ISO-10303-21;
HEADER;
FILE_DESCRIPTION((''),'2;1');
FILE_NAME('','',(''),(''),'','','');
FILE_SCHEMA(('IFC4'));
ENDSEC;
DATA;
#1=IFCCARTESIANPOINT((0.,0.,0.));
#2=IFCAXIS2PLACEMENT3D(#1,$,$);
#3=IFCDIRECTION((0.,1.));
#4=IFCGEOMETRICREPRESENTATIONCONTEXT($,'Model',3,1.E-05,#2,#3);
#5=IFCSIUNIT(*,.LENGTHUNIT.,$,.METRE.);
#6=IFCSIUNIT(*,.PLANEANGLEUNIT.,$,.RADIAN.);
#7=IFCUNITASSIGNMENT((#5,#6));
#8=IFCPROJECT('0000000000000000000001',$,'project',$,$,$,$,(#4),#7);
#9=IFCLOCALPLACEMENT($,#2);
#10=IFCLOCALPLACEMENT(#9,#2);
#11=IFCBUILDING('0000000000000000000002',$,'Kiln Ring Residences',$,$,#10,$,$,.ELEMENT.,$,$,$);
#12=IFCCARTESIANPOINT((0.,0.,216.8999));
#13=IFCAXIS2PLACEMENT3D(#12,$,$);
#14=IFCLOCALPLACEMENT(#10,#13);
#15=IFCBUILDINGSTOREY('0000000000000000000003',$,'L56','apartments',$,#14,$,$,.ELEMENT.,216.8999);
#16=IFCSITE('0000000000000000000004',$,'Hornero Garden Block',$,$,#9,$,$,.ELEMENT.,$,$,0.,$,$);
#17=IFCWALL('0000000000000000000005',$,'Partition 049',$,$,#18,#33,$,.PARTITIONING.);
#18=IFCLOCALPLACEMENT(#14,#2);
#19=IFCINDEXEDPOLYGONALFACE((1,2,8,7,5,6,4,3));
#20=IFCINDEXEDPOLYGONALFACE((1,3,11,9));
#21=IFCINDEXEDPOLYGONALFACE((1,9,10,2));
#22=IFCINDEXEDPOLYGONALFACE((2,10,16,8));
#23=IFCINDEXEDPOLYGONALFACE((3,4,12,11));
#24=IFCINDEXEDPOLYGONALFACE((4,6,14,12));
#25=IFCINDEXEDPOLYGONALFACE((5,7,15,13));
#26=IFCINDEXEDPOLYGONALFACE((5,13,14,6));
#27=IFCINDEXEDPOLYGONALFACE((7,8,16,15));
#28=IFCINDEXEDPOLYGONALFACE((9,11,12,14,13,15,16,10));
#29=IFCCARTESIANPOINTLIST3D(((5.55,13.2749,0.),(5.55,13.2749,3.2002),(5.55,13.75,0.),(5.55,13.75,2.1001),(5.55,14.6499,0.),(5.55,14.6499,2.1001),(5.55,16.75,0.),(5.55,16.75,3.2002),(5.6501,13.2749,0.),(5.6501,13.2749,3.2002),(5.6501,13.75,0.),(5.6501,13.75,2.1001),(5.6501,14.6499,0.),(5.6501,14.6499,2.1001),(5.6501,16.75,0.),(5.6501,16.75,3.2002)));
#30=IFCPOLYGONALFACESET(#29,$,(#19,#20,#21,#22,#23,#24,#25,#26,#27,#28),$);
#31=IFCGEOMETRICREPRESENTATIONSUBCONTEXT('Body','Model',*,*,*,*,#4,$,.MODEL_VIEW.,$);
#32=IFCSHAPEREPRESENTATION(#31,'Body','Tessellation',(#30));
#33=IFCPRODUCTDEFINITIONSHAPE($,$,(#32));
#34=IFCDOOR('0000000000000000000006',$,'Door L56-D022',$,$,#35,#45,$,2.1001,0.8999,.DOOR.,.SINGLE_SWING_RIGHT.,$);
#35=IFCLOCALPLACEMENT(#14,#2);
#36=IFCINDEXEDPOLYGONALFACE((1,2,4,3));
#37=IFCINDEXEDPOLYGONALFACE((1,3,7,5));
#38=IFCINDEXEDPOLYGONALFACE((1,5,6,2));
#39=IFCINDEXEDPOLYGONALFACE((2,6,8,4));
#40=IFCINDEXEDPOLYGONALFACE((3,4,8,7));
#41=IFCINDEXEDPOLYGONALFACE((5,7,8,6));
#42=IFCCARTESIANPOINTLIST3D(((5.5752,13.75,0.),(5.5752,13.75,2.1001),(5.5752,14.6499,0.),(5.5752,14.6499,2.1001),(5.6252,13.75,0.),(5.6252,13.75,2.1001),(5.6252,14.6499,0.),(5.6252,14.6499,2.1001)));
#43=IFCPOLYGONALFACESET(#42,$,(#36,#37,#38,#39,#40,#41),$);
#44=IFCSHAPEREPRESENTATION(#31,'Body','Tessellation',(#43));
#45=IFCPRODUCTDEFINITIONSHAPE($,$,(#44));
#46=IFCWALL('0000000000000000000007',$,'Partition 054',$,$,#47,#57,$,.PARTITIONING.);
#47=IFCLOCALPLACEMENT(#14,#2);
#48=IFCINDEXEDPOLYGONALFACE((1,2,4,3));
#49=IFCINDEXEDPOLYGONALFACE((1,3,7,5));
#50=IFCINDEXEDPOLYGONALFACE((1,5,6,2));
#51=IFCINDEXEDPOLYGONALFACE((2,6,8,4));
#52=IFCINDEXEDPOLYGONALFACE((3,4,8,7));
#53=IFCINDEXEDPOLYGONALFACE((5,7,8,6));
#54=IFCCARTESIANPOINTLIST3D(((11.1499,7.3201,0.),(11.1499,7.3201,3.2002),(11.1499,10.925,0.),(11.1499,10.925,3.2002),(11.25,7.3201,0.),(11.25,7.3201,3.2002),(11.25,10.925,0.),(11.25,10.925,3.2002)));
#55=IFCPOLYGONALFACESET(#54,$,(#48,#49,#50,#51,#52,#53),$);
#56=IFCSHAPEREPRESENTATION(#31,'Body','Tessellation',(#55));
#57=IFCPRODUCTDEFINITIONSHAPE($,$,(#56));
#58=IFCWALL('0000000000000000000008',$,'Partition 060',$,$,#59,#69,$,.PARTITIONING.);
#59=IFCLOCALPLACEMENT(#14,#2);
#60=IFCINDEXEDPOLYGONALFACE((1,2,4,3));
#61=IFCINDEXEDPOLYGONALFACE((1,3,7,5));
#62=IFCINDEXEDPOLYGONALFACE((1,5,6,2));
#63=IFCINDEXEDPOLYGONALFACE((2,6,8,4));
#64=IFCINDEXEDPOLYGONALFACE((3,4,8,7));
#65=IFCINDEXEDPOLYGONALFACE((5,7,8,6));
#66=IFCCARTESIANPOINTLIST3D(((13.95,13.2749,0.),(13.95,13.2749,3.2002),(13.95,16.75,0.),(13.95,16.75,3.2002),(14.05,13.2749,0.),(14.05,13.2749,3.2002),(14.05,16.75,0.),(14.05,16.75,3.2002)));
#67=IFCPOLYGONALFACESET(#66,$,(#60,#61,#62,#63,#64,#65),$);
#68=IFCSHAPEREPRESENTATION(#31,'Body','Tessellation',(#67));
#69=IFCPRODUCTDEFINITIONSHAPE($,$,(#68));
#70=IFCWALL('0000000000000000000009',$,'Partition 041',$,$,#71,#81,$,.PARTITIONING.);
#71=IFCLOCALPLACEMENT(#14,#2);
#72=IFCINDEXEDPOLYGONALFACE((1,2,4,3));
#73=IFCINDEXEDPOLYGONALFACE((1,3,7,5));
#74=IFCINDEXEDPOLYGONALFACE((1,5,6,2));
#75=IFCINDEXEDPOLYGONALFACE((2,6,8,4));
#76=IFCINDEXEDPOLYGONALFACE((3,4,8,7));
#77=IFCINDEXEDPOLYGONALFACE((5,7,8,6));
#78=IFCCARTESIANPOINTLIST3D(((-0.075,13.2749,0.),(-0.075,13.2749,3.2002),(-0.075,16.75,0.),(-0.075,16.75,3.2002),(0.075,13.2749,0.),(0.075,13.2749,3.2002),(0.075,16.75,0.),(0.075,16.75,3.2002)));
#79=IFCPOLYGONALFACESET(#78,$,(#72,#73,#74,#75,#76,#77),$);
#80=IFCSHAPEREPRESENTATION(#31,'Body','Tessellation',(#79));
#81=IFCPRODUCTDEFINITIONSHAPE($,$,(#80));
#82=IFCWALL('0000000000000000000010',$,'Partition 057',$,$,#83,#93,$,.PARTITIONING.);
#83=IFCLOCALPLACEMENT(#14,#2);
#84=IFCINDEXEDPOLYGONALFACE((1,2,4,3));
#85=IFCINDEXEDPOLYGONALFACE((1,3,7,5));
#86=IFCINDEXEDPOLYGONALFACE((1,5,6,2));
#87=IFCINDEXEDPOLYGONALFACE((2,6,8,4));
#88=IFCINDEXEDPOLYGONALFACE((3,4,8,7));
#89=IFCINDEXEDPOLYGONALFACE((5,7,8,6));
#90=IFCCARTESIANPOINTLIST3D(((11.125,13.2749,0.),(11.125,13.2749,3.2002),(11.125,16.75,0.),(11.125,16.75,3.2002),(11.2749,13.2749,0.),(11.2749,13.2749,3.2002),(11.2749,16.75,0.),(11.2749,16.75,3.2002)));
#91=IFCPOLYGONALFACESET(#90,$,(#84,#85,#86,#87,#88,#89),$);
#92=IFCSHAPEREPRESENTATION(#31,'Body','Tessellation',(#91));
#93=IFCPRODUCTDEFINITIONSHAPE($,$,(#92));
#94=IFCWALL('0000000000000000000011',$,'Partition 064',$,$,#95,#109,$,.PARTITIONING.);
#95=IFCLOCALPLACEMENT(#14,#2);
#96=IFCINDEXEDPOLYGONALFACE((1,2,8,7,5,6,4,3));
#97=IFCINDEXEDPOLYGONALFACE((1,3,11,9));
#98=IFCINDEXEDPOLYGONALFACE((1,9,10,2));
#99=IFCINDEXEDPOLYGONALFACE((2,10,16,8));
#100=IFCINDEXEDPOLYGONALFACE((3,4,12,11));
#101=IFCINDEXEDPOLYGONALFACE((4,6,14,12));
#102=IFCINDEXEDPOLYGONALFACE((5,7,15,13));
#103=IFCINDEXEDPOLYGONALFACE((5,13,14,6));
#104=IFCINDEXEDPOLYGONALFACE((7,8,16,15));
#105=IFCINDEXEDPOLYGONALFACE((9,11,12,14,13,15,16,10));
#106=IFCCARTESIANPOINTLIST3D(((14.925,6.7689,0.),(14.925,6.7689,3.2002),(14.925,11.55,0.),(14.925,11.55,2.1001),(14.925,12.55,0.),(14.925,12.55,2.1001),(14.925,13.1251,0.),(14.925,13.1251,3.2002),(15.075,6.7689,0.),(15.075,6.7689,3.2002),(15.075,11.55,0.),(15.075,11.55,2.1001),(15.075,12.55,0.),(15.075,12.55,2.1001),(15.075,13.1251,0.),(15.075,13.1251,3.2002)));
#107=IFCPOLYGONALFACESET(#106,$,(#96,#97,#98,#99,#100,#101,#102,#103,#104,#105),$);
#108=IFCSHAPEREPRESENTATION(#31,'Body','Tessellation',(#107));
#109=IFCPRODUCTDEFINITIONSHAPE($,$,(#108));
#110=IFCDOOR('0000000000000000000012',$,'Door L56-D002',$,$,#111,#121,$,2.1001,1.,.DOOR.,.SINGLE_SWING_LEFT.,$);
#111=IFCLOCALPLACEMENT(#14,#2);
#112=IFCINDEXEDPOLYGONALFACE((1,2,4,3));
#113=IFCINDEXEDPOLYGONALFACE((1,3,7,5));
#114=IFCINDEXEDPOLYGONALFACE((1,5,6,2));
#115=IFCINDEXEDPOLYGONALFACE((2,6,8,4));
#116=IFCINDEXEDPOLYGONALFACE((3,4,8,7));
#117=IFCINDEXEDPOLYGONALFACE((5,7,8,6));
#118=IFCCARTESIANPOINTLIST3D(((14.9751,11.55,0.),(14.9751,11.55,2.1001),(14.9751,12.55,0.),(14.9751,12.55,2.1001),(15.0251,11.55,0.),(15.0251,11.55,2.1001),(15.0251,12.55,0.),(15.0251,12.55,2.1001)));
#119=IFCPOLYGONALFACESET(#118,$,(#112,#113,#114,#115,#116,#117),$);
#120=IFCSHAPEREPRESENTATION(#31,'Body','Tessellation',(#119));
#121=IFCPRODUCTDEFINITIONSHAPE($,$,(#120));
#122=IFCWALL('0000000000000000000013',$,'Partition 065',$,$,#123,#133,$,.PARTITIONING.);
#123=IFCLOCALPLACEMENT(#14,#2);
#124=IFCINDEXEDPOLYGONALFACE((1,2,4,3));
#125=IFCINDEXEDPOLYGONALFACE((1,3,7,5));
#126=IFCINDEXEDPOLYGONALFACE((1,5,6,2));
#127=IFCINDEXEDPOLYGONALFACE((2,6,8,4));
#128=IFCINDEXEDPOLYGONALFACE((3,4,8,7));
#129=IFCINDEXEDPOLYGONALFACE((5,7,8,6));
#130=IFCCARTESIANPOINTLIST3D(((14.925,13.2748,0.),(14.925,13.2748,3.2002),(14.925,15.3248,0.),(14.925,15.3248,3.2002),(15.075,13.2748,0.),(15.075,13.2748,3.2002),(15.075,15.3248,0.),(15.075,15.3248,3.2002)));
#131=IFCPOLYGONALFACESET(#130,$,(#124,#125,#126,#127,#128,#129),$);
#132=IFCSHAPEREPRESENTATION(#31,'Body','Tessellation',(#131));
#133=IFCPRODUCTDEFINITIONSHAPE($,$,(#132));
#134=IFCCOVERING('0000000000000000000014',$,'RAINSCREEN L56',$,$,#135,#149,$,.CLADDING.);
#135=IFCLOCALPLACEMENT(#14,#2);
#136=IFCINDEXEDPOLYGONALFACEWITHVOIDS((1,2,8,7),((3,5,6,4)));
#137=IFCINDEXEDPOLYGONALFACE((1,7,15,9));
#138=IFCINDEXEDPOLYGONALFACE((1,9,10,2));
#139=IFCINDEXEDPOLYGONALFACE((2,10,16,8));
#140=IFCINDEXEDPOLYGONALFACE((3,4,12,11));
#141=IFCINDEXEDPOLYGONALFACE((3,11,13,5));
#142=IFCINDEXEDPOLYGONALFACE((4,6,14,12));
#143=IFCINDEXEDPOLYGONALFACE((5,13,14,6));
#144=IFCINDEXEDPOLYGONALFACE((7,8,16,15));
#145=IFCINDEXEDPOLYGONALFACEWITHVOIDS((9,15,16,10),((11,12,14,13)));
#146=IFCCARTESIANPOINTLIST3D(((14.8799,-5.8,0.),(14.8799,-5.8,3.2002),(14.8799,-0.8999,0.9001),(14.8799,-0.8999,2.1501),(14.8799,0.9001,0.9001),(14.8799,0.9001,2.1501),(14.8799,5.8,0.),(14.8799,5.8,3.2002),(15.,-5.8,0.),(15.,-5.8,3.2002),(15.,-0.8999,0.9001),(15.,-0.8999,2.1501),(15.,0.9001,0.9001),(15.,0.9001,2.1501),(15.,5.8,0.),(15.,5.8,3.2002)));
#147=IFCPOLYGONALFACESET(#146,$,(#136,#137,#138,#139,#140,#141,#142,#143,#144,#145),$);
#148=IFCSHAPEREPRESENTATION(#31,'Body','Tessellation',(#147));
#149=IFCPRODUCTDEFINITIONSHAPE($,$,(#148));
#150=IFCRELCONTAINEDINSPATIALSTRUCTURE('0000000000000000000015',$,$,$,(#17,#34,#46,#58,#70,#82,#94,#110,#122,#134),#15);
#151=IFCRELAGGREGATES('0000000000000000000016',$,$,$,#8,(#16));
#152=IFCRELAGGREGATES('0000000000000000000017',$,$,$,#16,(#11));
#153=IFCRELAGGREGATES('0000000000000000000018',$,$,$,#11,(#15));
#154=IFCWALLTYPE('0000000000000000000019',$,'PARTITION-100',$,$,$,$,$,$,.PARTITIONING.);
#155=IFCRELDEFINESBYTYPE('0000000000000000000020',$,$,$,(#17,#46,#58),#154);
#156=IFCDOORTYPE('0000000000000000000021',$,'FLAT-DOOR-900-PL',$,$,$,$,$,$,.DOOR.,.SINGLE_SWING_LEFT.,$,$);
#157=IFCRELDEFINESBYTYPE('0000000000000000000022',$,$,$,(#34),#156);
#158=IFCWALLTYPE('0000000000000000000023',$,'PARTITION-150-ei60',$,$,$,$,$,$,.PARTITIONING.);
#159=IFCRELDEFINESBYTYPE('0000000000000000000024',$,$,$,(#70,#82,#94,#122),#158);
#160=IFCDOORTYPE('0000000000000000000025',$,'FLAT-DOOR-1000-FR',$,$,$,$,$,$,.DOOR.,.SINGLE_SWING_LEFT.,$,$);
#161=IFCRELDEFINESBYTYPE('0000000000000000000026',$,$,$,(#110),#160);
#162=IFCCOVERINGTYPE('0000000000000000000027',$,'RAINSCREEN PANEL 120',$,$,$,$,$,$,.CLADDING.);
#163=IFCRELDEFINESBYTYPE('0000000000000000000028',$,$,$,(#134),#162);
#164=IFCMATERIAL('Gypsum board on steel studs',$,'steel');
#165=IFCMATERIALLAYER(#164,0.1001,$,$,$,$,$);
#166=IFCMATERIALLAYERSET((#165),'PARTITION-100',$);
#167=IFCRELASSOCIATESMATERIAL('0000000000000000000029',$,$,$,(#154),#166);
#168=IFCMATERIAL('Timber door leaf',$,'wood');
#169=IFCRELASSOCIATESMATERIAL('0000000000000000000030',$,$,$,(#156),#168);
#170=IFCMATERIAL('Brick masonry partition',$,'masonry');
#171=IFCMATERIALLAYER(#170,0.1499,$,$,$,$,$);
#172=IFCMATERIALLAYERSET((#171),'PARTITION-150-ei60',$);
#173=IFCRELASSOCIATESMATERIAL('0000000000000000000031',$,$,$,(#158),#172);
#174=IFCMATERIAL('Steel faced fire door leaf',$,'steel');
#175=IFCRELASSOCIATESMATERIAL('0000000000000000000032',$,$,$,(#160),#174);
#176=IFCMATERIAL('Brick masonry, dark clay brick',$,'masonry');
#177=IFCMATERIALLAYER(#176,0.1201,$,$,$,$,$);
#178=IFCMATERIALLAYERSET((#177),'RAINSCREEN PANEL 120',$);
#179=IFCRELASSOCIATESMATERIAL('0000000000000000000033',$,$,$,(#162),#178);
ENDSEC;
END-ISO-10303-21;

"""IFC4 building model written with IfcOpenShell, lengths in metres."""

from ifc_helpers import new_model, si_unit, direction, frame, frame_2d, origin, place, context, subcontext, project, spatial, polyline, rectangle, outline, extrude, material, layer, layer_set, type_object, element, fill, save


model = new_model("IFC4")

# Units and contexts
model_context = context("Model", 3, precision=1e-05, world=origin(), true_north=direction((0.0, 1.0)))
body_context = subcontext(model_context, "Body", "Model", "MODEL_VIEW")
ifc_project = project(units=[si_unit("LENGTHUNIT", "METRE"), si_unit("PLANEANGLEUNIT", "RADIAN")], contexts=[model_context])

# Site, building, storey
site_placement = place(None, origin())
site = spatial("IfcSite", under=ifc_project, at=site_placement, Name="Hornero Garden Block", CompositionType="ELEMENT", RefElevation=0.0)
building_placement = place(site_placement, origin())
building = spatial("IfcBuilding", under=site, at=building_placement, Name="Kiln Ring Residences", CompositionType="ELEMENT")
storey_placement = place(building_placement, frame((0.0, 0.0, 216.8999)))
storey = spatial("IfcBuildingStorey", under=building, at=storey_placement, Name="L56", Description="apartments", CompositionType="ELEMENT", Elevation=216.8999)

# Shared definitions
ifc_material_1 = material(Name="Gypsum board on steel studs", Category="steel")
ifc_layer_1 = layer(ifc_material_1, 0.1001)
ifc_layer_set_1 = layer_set([ifc_layer_1], Name="PARTITION-100")
wall_type_1 = type_object("IfcWallType", Name="PARTITION-100", PredefinedType="PARTITIONING", material=ifc_layer_set_1)

# Wall, opening, door
wall_1_placement = place(storey_placement, frame((5.6001, 13.2749, 0.0), z_axis=(0.0, 0.0, 1.0), x_axis=(0.0, 1.0, 0.0)))
wall_1 = element("IfcWall", 1, at=wall_1_placement, inside=storey, type_object=wall_type_1, Name="Partition 049", PredefinedType="PARTITIONING", context=body_context, shape_type="SweptSolid", body=[
    extrude(rectangle(XDim=3.4751, YDim=0.1001, at=frame_2d((1.7375, 0.0))), origin(), (0.0, 0.0, 1.0), 3.2002),
])
opening_1_placement = place(wall_1_placement, frame((0.4751, 0.0, 0.0)))
opening_1 = element("IfcOpeningElement", 2, at=opening_1_placement, cuts=wall_1, PredefinedType="OPENING", context=body_context, shape_type="SweptSolid", body=[
    extrude(rectangle(XDim=0.8999, YDim=2.1001, at=frame_2d((0.45, 1.05))), frame((0.0, 0.0601, 0.0), z_axis=(0.0, -1.0, 0.0), x_axis=(1.0, 0.0, 0.0)), (0.0, 0.0, 1.0), 0.1201),
])
ifc_material_2 = material(Name="Timber door leaf", Category="wood")
door_type_1 = type_object("IfcDoorType", Name="FLAT-DOOR-900-PL", OperationType="SINGLE_SWING_LEFT", PredefinedType="DOOR", material=ifc_material_2)
door_1_placement = place(opening_1_placement, origin())
door_1 = element("IfcDoor", 3, at=door_1_placement, inside=storey, type_object=door_type_1, Name="Door L56-D022", OperationType="SINGLE_SWING_RIGHT", OverallHeight=2.1001, OverallWidth=0.8999, PredefinedType="DOOR", context=body_context, shape_type="SweptSolid", body=[
    extrude(rectangle(XDim=0.8999, YDim=2.1001, at=frame_2d((0.45, 1.05))), frame((0.0, 0.0249, 0.0), z_axis=(0.0, -1.0, 0.0), x_axis=(1.0, 0.0, 0.0)), (0.0, 0.0, 1.0), 0.05),
])
fill(opening_1, door_1)

# Walls
wall_2_placement = place(storey_placement, frame((11.2, 7.3201, 0.0), z_axis=(0.0, 0.0, 1.0), x_axis=(0.0, 1.0, 0.0)))
element("IfcWall", 4, at=wall_2_placement, inside=storey, type_object=wall_type_1, Name="Partition 054", PredefinedType="PARTITIONING", context=body_context, shape_type="SweptSolid", body=[
    extrude(rectangle(XDim=3.605, YDim=0.1001, at=frame_2d((1.8025, 0.0))), origin(), (0.0, 0.0, 1.0), 3.2002),
])
wall_3_placement = place(storey_placement, frame((14.0, 13.2749, 0.0), z_axis=(0.0, 0.0, 1.0), x_axis=(0.0, 1.0, 0.0)))
element("IfcWall", 5, at=wall_3_placement, inside=storey, type_object=wall_type_1, Name="Partition 060", PredefinedType="PARTITIONING", context=body_context, shape_type="SweptSolid", body=[
    extrude(rectangle(XDim=3.4751, YDim=0.1001, at=frame_2d((1.7375, 0.0))), origin(), (0.0, 0.0, 1.0), 3.2002),
])
ifc_material_3 = material(Name="Brick masonry partition", Category="masonry")
ifc_layer_2 = layer(ifc_material_3, 0.1499)
ifc_layer_set_2 = layer_set([ifc_layer_2], Name="PARTITION-150-ei60")
wall_type_2 = type_object("IfcWallType", Name="PARTITION-150-ei60", PredefinedType="PARTITIONING", material=ifc_layer_set_2)
for number, where, z_axis, x_axis, name in (
    (6, (0.0, 13.2749, 0.0), (0.0, 0.0, 1.0), (0.0, 1.0, 0.0), "Partition 041"),
    (7, (11.2, 13.2749, 0.0), (0.0, 0.0, 1.0), (0.0, 1.0, 0.0), "Partition 057"),
):
    element("IfcWall", number, at=place(storey_placement, frame(where, z_axis=z_axis, x_axis=x_axis)), inside=storey, type_object=wall_type_2, Name=name, PredefinedType="PARTITIONING", context=body_context, shape_type="SweptSolid", body=[
        extrude(rectangle(XDim=3.4751, YDim=0.1499, at=frame_2d((1.7375, 0.0))), origin(), (0.0, 0.0, 1.0), 3.2002),
    ])

# Wall, opening, door
wall_4_placement = place(storey_placement, frame((15.0, 6.7688, 0.0), z_axis=(0.0, 0.0, 1.0), x_axis=(0.0, 1.0, 0.0)))
wall_4 = element("IfcWall", 8, at=wall_4_placement, inside=storey, type_object=wall_type_2, Name="Partition 064", PredefinedType="PARTITIONING", context=body_context, shape_type="SweptSolid", body=[
    extrude(rectangle(XDim=6.3562, YDim=0.1499, at=frame_2d((3.1782, 0.0))), origin(), (0.0, 0.0, 1.0), 3.2002),
])
opening_2_placement = place(wall_4_placement, frame((4.7812, 0.0, 0.0)))
opening_2 = element("IfcOpeningElement", 9, at=opening_2_placement, cuts=wall_4, PredefinedType="OPENING", context=body_context, shape_type="SweptSolid", body=[
    extrude(rectangle(XDim=1.0, YDim=2.1001, at=frame_2d((0.5, 1.05))), frame((0.0, 0.085, 0.0), z_axis=(0.0, -1.0, 0.0), x_axis=(1.0, 0.0, 0.0)), (0.0, 0.0, 1.0), 0.1699),
])
ifc_material_4 = material(Name="Steel faced fire door leaf", Category="steel")
door_type_2 = type_object("IfcDoorType", Name="FLAT-DOOR-1000-FR", OperationType="SINGLE_SWING_LEFT", PredefinedType="DOOR", material=ifc_material_4)
door_2_placement = place(opening_2_placement, origin())
door_2 = element("IfcDoor", 10, at=door_2_placement, inside=storey, type_object=door_type_2, Name="Door L56-D002", OperationType="SINGLE_SWING_LEFT", OverallHeight=2.1001, OverallWidth=1.0, PredefinedType="DOOR", context=body_context, shape_type="SweptSolid", body=[
    extrude(rectangle(XDim=1.0, YDim=2.1001, at=frame_2d((0.5, 1.05))), frame((0.0, 0.0249, 0.0), z_axis=(0.0, -1.0, 0.0), x_axis=(1.0, 0.0, 0.0)), (0.0, 0.0, 1.0), 0.05),
])
fill(opening_2, door_2)

# Wall
wall_5_placement = place(storey_placement, frame((15.0, 13.2749, 0.0), z_axis=(0.0, 0.0, 1.0), x_axis=(0.0, 1.0, 0.0)))
element("IfcWall", 11, at=wall_5_placement, inside=storey, type_object=wall_type_2, Name="Partition 065", PredefinedType="PARTITIONING", context=body_context, shape_type="SweptSolid", body=[
    extrude(rectangle(XDim=2.05, YDim=0.1499, at=frame_2d((1.0249, 0.0))), origin(), (0.0, 0.0, 1.0), 3.2002),
])

# Covering
ifc_material_5 = material(Name="Brick masonry, dark clay brick", Category="masonry")
ifc_layer_3 = layer(ifc_material_5, 0.1201)
ifc_layer_set_3 = layer_set([ifc_layer_3], Name="RAINSCREEN PANEL 120")
covering_type = type_object("IfcCoveringType", Name="RAINSCREEN PANEL 120", PredefinedType="CLADDING", material=ifc_layer_set_3)
covering_placement = place(storey_placement, frame((14.9399, 5.8, 0.0), z_axis=(0.0, 0.0, 1.0), x_axis=(0.0, -1.0, 0.0)))
element("IfcCovering", 12, at=covering_placement, inside=storey, type_object=covering_type, Name="RAINSCREEN L56", PredefinedType="CLADDING", context=body_context, shape_type="SweptSolid", body=[
    extrude(outline(polyline([(0.0, 0.0), (11.6001, 0.0), (11.6001, 3.2002), (0.0, 3.2002), (0.0, 0.0)]), holes=[polyline([(4.8999, 2.1501), (4.8999, 0.9001), (6.7, 0.9001), (6.7, 2.1501), (4.8999, 2.1501)])]), frame((0.0, 0.0601, 0.0), z_axis=(0.0, -1.0, 0.0), x_axis=(1.0, 0.0, 0.0)), (0.0, 0.0, 1.0), 0.1201),
])

save(model, "model.ifc")
